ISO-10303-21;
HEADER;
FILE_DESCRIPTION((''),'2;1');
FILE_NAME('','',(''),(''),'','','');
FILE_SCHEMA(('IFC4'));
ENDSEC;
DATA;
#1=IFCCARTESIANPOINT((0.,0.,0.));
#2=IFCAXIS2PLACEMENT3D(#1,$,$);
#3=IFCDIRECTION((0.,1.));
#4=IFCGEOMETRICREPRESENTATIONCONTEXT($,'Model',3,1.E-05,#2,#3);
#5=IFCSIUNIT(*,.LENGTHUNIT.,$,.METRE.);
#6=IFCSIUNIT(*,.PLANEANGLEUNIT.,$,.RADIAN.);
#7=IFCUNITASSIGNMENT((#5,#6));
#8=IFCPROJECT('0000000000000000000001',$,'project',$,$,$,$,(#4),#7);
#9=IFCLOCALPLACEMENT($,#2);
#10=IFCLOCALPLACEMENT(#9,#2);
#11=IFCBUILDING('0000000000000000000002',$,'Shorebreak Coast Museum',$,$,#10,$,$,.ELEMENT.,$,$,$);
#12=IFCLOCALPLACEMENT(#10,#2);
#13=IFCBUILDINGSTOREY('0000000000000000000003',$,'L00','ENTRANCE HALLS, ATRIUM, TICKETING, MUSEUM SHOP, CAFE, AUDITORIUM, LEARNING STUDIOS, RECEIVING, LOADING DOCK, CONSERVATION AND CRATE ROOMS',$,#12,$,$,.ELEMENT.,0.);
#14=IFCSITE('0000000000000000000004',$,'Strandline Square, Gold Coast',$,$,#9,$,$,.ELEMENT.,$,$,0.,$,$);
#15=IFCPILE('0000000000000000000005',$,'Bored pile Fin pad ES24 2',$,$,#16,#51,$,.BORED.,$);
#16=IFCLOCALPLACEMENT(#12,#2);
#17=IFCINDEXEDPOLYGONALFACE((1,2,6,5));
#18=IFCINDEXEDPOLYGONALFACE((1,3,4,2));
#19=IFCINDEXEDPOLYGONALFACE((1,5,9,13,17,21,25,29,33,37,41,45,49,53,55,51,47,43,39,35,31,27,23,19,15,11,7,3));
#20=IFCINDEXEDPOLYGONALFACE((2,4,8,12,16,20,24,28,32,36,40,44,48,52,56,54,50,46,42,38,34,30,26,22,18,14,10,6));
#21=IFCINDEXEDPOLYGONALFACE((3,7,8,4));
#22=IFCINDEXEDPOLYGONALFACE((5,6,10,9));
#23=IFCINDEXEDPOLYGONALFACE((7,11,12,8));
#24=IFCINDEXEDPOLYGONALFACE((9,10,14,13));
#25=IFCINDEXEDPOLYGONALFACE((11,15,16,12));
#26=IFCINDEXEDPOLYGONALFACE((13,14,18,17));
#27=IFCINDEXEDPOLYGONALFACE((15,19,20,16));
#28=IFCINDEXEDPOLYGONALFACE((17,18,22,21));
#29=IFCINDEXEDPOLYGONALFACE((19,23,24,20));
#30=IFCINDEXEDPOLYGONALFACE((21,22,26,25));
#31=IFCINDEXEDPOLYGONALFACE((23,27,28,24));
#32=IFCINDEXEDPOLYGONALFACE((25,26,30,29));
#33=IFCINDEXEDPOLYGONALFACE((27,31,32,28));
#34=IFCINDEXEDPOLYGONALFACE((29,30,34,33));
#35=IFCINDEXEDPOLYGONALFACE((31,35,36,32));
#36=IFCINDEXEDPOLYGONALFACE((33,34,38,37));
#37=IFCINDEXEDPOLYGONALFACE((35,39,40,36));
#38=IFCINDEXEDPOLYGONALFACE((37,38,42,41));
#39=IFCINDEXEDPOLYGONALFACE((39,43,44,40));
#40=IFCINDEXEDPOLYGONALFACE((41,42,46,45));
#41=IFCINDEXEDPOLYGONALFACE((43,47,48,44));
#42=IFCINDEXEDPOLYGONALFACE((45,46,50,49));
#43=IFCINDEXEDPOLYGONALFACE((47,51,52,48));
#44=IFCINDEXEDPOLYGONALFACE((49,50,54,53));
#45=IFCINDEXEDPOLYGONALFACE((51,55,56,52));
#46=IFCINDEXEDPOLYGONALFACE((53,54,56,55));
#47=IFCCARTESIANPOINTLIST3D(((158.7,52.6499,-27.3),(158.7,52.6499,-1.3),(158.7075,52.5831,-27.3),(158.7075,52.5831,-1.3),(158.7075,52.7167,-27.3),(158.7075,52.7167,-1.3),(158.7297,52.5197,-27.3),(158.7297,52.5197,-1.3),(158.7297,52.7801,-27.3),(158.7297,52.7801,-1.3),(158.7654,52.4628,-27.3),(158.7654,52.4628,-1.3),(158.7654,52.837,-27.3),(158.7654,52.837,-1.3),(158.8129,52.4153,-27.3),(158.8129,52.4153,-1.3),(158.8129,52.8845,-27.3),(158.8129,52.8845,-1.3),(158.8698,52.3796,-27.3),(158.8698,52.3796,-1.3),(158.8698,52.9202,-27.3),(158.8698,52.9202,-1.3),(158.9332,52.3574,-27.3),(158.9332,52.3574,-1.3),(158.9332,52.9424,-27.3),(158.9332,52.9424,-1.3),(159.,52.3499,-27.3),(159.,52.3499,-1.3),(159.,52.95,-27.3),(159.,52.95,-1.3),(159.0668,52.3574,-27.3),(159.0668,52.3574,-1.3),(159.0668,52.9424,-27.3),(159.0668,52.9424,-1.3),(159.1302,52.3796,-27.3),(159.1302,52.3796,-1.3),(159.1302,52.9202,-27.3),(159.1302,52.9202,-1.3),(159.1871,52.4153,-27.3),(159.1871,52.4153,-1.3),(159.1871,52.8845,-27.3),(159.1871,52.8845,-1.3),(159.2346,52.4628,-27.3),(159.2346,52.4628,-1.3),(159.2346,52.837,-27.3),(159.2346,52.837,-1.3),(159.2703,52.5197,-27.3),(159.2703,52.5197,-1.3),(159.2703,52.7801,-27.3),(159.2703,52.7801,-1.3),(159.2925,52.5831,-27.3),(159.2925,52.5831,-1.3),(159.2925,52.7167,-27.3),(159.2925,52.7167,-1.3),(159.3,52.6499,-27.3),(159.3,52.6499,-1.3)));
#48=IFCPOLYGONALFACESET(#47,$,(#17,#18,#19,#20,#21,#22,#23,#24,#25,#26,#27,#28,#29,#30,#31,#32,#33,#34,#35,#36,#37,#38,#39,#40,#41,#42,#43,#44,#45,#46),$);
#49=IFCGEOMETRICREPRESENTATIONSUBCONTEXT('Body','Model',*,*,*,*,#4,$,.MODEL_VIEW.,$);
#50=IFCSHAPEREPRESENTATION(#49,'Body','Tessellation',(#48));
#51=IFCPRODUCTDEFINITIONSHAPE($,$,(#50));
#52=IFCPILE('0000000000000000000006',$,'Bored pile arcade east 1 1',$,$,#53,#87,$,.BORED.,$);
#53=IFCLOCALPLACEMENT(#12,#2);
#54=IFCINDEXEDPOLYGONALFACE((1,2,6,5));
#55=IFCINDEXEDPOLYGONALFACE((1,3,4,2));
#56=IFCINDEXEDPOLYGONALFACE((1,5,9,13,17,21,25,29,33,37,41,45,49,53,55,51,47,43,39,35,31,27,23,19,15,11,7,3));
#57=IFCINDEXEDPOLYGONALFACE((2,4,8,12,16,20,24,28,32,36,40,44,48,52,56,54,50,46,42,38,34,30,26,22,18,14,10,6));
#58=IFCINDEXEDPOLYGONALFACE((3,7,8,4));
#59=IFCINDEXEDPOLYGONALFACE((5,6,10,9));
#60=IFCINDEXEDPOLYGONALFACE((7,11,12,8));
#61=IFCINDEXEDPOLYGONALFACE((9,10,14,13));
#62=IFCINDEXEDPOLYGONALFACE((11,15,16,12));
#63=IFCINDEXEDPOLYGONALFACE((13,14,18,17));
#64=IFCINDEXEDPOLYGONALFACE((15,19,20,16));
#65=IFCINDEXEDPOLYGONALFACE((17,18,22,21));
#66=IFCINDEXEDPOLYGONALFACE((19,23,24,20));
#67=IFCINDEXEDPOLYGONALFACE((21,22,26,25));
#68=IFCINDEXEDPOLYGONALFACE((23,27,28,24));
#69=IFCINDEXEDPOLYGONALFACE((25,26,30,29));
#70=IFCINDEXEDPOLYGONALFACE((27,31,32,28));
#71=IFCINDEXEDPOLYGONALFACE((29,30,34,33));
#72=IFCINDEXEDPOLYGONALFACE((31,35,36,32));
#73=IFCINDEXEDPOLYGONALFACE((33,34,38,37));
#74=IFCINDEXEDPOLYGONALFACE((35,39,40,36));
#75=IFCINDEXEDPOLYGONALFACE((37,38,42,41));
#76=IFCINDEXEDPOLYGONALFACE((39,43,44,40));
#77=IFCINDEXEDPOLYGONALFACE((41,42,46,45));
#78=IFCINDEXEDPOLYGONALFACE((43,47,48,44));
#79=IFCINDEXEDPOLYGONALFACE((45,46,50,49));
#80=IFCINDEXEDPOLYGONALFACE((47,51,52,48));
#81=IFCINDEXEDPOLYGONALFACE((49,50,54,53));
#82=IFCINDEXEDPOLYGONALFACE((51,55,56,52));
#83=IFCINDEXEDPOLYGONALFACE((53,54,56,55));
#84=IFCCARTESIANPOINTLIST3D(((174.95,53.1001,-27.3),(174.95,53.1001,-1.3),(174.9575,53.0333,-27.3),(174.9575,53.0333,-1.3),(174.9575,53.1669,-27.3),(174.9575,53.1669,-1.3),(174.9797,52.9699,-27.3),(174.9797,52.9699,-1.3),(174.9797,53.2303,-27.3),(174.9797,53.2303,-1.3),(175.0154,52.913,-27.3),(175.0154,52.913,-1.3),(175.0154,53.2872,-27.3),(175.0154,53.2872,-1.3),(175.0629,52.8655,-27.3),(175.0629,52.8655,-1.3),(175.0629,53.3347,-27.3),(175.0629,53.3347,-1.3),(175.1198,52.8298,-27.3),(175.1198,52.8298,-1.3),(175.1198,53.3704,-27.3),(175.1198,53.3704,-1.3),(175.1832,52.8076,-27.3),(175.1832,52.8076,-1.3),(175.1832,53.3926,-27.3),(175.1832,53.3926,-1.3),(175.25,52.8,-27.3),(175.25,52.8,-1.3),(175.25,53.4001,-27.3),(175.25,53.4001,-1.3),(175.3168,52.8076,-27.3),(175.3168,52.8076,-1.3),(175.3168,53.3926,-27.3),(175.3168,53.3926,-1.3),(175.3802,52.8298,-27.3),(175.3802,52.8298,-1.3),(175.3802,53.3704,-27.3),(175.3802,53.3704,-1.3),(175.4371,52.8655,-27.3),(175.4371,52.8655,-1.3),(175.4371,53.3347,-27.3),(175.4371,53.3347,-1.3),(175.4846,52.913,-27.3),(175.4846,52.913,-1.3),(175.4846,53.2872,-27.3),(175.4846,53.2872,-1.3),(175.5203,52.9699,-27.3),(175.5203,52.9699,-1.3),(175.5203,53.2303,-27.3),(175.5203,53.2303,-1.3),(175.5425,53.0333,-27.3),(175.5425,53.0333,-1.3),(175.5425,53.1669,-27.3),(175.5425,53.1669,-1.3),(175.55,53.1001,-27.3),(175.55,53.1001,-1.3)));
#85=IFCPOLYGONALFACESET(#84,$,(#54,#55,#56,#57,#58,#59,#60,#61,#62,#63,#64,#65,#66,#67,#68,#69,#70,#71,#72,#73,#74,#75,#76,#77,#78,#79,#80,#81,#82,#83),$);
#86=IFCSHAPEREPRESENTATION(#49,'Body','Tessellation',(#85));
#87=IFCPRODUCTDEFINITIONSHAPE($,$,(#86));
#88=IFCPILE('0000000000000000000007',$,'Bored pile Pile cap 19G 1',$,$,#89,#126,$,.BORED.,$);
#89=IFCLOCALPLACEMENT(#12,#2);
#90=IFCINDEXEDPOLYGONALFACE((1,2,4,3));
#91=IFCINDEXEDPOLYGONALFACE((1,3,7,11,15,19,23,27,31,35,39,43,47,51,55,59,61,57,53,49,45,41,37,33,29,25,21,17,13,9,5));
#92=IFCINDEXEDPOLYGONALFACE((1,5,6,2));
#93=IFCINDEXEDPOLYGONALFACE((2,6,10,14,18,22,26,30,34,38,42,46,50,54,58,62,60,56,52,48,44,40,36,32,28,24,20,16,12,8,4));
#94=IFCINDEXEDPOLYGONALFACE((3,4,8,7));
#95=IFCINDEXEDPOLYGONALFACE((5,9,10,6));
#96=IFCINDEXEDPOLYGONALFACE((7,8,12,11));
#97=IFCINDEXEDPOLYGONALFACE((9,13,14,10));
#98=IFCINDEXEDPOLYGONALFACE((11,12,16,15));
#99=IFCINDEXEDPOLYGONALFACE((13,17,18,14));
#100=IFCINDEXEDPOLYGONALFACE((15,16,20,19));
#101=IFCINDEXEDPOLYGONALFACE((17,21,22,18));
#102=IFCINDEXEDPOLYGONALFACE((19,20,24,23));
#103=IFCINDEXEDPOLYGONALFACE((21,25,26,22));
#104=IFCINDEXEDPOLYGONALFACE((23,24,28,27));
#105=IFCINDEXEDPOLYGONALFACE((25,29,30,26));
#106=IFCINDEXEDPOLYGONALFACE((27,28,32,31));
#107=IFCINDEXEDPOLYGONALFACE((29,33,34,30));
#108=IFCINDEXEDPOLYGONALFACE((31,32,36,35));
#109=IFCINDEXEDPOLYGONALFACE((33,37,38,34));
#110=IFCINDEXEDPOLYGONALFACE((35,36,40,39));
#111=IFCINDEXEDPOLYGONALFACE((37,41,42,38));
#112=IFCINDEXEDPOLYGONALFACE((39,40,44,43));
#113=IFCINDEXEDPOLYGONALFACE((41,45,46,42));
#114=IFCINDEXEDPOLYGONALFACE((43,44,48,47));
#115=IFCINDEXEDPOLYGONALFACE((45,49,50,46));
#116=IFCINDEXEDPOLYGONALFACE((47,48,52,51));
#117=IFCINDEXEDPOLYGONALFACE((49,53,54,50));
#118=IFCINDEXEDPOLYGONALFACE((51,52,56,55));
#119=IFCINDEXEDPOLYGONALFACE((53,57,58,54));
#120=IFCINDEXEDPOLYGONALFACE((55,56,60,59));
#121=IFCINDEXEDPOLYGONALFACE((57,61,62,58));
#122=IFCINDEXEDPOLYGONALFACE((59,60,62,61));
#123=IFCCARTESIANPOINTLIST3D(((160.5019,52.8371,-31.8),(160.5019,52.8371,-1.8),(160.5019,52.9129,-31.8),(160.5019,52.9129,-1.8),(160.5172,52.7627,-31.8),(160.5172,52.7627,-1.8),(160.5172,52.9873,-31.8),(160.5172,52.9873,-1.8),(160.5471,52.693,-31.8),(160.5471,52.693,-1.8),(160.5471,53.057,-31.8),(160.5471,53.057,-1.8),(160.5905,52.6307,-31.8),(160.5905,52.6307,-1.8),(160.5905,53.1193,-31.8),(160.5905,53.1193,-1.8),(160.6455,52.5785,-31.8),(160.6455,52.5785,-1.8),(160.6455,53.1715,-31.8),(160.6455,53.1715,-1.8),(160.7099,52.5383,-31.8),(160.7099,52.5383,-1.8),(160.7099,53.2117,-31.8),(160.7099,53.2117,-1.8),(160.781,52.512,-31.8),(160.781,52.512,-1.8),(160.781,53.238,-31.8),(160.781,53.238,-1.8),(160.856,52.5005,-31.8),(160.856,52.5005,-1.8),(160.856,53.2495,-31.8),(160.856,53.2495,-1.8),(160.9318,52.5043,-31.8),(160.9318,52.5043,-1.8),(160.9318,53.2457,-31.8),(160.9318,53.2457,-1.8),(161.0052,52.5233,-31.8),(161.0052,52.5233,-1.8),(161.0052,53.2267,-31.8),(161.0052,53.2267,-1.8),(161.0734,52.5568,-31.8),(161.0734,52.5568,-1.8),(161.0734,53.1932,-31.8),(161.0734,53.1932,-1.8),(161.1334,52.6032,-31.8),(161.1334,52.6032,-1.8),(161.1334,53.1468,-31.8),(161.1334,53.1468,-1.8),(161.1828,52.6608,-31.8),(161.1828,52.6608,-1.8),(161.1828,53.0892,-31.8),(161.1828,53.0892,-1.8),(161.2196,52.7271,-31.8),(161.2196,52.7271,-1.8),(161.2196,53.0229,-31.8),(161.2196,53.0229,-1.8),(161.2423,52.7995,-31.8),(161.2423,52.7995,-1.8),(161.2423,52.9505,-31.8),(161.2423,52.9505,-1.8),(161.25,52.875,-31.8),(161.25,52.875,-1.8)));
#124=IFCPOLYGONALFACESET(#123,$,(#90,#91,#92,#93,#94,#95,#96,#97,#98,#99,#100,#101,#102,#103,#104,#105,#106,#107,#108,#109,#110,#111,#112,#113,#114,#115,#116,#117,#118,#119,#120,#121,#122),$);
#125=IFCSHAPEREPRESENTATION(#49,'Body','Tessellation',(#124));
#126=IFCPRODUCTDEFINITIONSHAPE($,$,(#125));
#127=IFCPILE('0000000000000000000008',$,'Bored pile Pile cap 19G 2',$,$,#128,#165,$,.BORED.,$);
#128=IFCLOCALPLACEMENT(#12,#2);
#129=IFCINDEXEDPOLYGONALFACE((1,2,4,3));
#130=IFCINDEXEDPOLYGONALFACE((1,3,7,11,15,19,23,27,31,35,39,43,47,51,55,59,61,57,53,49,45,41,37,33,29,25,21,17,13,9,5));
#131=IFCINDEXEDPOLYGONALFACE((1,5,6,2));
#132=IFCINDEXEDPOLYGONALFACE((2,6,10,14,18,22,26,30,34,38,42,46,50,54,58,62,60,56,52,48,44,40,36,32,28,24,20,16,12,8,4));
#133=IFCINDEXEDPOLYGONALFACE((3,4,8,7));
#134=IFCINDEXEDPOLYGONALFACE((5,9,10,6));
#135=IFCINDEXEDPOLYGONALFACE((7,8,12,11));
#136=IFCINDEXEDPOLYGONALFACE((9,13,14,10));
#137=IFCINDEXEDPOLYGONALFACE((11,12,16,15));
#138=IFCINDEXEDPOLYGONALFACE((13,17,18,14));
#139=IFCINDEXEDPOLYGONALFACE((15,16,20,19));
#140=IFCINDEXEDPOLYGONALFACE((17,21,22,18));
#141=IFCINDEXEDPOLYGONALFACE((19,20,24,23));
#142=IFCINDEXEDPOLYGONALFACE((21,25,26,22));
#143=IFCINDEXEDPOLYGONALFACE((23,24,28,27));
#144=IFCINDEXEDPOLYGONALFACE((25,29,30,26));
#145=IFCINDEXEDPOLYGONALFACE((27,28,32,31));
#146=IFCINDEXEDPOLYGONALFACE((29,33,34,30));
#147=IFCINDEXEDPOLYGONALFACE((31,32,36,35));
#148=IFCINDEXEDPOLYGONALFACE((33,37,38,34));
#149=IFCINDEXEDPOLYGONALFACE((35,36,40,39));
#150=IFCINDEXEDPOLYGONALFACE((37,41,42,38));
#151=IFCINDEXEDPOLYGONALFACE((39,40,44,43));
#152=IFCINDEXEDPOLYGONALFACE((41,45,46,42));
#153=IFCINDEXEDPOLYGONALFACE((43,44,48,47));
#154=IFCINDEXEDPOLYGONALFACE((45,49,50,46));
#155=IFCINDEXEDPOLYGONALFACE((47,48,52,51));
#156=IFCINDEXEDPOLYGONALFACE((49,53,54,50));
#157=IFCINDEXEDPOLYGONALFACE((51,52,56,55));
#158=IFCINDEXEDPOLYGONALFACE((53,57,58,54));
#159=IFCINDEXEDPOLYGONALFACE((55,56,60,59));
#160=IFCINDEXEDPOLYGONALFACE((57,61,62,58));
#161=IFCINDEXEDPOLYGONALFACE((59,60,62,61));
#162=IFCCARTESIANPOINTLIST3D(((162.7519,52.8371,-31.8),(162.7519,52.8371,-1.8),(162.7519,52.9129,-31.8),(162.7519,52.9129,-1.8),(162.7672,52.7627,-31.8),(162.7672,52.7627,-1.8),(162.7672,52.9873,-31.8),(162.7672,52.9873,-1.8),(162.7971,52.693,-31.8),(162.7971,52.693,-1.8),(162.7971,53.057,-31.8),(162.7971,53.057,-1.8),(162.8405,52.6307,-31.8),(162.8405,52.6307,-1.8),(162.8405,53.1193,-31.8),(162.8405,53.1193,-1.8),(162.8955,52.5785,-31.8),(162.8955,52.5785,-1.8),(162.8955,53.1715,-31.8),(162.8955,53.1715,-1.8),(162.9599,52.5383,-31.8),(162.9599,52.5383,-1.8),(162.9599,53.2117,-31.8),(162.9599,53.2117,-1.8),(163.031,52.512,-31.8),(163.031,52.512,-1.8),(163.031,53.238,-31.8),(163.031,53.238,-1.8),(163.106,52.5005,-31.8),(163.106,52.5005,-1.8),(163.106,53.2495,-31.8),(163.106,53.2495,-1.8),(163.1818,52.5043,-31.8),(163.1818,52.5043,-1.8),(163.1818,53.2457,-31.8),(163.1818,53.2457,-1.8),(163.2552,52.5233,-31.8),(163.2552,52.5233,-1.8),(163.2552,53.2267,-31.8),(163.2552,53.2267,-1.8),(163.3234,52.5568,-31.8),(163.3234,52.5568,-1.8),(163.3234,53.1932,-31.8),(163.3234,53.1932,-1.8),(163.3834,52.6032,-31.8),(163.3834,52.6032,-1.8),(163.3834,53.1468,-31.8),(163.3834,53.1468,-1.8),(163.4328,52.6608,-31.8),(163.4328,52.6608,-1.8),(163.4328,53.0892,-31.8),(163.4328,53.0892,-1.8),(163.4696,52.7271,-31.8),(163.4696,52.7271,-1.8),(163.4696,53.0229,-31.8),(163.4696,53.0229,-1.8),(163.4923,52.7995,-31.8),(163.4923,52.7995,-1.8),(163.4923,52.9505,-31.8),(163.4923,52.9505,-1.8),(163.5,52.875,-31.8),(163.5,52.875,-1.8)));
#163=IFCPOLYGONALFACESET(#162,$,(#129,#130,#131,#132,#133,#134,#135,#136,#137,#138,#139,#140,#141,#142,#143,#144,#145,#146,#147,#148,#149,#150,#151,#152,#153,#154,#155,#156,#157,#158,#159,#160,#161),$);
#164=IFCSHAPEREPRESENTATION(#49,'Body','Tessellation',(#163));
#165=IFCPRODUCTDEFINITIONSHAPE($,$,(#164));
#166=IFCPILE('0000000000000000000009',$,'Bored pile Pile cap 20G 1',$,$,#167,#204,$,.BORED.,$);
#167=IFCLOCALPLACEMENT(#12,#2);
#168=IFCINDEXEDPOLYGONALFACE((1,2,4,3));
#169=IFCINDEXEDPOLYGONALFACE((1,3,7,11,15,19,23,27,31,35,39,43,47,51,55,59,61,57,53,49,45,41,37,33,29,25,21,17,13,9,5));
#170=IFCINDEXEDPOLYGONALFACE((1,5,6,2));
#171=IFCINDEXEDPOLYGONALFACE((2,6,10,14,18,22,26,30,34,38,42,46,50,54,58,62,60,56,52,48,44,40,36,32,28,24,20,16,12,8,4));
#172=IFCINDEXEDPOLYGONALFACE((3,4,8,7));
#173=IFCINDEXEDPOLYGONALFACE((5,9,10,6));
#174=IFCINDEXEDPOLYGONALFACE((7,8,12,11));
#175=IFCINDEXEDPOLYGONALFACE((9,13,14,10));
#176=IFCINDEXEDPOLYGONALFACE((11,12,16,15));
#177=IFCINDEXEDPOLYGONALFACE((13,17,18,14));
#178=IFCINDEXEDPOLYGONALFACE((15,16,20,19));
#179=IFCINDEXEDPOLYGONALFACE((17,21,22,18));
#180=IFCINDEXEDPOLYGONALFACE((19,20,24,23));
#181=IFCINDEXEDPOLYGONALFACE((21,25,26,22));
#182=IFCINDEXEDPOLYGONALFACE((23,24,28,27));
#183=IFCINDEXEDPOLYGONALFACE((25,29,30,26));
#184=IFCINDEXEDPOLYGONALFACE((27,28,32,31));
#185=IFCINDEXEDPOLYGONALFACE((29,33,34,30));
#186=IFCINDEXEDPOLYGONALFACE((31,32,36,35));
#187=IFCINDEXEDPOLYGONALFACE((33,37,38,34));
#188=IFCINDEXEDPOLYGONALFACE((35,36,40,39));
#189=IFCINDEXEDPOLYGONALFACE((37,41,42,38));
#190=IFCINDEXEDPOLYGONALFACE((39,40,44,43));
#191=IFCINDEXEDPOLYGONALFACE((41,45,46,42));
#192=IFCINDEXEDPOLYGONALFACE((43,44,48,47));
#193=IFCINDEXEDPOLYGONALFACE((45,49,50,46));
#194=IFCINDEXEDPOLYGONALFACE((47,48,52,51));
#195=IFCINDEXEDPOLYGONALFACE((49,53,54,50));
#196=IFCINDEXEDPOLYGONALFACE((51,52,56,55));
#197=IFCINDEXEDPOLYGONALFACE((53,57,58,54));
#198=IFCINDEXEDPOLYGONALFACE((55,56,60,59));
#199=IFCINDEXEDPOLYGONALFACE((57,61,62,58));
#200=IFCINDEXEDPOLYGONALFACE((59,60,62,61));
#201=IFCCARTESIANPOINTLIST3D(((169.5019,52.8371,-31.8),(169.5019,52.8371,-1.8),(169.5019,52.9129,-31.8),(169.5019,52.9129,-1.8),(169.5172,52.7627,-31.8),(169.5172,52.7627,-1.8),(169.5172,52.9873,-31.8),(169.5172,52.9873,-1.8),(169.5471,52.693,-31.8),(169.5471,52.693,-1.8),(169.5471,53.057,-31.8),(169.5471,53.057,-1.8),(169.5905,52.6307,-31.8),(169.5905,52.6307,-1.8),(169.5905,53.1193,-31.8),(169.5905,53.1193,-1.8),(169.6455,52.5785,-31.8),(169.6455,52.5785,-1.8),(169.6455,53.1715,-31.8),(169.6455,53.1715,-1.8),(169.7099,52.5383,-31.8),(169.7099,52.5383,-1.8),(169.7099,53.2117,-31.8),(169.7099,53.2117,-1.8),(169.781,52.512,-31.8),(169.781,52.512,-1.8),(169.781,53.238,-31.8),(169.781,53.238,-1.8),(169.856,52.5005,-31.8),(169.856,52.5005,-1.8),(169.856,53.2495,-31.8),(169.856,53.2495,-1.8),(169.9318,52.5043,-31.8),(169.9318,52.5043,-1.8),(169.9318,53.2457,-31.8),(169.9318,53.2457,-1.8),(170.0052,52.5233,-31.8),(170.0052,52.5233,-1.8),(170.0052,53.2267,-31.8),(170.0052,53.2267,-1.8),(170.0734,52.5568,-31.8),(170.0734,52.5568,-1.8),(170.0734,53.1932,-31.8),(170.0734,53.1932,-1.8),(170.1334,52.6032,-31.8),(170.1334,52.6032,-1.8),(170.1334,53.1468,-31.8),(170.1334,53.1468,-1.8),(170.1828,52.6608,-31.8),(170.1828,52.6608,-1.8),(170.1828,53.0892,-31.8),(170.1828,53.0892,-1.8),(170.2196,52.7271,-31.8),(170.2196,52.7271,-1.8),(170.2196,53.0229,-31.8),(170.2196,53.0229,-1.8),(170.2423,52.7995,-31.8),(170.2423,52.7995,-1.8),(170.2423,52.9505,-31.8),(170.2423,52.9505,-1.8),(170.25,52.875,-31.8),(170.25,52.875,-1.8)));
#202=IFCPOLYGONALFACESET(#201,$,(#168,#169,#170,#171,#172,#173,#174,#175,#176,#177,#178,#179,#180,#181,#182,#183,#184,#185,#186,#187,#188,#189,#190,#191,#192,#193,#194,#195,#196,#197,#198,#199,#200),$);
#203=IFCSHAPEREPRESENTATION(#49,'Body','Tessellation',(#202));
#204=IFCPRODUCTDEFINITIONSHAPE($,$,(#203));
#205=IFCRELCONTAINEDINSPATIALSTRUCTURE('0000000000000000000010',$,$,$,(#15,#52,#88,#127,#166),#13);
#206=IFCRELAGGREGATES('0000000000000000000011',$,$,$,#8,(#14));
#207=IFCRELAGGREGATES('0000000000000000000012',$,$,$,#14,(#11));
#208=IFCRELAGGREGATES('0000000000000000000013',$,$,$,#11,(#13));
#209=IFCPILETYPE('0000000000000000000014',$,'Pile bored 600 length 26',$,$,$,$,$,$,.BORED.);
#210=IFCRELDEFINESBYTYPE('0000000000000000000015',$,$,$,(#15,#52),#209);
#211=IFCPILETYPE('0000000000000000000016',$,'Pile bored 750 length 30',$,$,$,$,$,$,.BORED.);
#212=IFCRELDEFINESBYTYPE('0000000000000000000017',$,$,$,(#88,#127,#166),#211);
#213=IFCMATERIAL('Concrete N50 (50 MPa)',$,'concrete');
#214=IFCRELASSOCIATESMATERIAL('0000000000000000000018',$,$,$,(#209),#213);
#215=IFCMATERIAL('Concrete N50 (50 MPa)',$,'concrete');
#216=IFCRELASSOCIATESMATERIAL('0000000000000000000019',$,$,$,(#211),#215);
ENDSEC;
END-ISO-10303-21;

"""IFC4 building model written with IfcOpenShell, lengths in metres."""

from ifc_helpers import new_model, si_unit, direction, frame, origin, origin_2d, place, context, subcontext, project, spatial, circle, extrude, material, material_profile, profile_set, type_object, element, save


model = new_model("IFC4")

# Units and contexts
model_context = context("Model", 3, precision=1e-05, world=origin(), true_north=direction((0.0, 1.0)))
body_context = subcontext(model_context, "Body", "Model", "MODEL_VIEW")
ifc_project = project(units=[si_unit("LENGTHUNIT", "METRE"), si_unit("PLANEANGLEUNIT", "RADIAN")], contexts=[model_context])

# Site, building, storey
site_placement = place(None, origin())
site = spatial("IfcSite", under=ifc_project, at=site_placement, Name="Strandline Square, Gold Coast", CompositionType="ELEMENT", RefElevation=0.0)
building_placement = place(site_placement, origin())
building = spatial("IfcBuilding", under=site, at=building_placement, Name="Shorebreak Coast Museum", CompositionType="ELEMENT")
storey_placement = place(building_placement, origin())
storey = spatial("IfcBuildingStorey", under=building, at=storey_placement, Name="L00", Description="ENTRANCE HALLS, ATRIUM, TICKETING, MUSEUM SHOP, CAFE, AUDITORIUM, LEARNING STUDIOS, RECEIVING, LOADING DOCK, CONSERVATION AND CRATE ROOMS", CompositionType="ELEMENT", Elevation=0.0)

# Piles
ifc_material_1 = material(Name="Concrete N50 (50 MPa)", Category="concrete")
ifc_material_profile_1 = material_profile(ifc_material_1, circle(Radius=0.3, at=origin_2d()), Name="Pile bored 600 length 26")
ifc_profile_set_1 = profile_set([ifc_material_profile_1], Name="Concrete N50 (50 MPa)")
pile_type_1 = type_object("IfcPileType", Name="Pile bored 600 length 26", PredefinedType="BORED", material=ifc_profile_set_1)
for number, where, z_axis, x_axis, name in (
    (1, (159.0, 52.6499, -1.3), (0.0, 0.0, -1.0), (1.0, 0.0, 0.0), "Bored pile Fin pad ES24 2"),
    (2, (175.25, 53.1001, -1.3), (0.0, 0.0, -1.0), (1.0, 0.0, 0.0), "Bored pile arcade east 1 1"),
):
    element("IfcPile", number, at=place(storey_placement, frame(where, z_axis=z_axis, x_axis=x_axis)), inside=storey, type_object=pile_type_1, Name=name, PredefinedType="BORED", context=body_context, shape_type="SweptSolid", body=[
        extrude(circle(Radius=0.3, at=origin_2d()), origin(), (0.0, 0.0, 1.0), 26.0),
    ])
ifc_material_2 = material(Name="Concrete N50 (50 MPa)", Category="concrete")
ifc_material_profile_2 = material_profile(ifc_material_2, circle(Radius=0.375, at=origin_2d()), Name="Pile bored 750 length 30")
ifc_profile_set_2 = profile_set([ifc_material_profile_2], Name="Concrete N50 (50 MPa)")
pile_type_2 = type_object("IfcPileType", Name="Pile bored 750 length 30", PredefinedType="BORED", material=ifc_profile_set_2)
for number, where, z_axis, x_axis, name in (
    (3, (160.875, 52.875, -1.8), (0.0, 0.0, -1.0), (1.0, 0.0, 0.0), "Bored pile Pile cap 19G 1"),
    (4, (163.125, 52.875, -1.8), (0.0, 0.0, -1.0), (1.0, 0.0, 0.0), "Bored pile Pile cap 19G 2"),
    (5, (169.875, 52.875, -1.8), (0.0, 0.0, -1.0), (1.0, 0.0, 0.0), "Bored pile Pile cap 20G 1"),
):
    element("IfcPile", number, at=place(storey_placement, frame(where, z_axis=z_axis, x_axis=x_axis)), inside=storey, type_object=pile_type_2, Name=name, PredefinedType="BORED", context=body_context, shape_type="SweptSolid", body=[
        extrude(circle(Radius=0.375, at=origin_2d()), origin(), (0.0, 0.0, 1.0), 30.0),
    ])

save(model, "model.ifc")
